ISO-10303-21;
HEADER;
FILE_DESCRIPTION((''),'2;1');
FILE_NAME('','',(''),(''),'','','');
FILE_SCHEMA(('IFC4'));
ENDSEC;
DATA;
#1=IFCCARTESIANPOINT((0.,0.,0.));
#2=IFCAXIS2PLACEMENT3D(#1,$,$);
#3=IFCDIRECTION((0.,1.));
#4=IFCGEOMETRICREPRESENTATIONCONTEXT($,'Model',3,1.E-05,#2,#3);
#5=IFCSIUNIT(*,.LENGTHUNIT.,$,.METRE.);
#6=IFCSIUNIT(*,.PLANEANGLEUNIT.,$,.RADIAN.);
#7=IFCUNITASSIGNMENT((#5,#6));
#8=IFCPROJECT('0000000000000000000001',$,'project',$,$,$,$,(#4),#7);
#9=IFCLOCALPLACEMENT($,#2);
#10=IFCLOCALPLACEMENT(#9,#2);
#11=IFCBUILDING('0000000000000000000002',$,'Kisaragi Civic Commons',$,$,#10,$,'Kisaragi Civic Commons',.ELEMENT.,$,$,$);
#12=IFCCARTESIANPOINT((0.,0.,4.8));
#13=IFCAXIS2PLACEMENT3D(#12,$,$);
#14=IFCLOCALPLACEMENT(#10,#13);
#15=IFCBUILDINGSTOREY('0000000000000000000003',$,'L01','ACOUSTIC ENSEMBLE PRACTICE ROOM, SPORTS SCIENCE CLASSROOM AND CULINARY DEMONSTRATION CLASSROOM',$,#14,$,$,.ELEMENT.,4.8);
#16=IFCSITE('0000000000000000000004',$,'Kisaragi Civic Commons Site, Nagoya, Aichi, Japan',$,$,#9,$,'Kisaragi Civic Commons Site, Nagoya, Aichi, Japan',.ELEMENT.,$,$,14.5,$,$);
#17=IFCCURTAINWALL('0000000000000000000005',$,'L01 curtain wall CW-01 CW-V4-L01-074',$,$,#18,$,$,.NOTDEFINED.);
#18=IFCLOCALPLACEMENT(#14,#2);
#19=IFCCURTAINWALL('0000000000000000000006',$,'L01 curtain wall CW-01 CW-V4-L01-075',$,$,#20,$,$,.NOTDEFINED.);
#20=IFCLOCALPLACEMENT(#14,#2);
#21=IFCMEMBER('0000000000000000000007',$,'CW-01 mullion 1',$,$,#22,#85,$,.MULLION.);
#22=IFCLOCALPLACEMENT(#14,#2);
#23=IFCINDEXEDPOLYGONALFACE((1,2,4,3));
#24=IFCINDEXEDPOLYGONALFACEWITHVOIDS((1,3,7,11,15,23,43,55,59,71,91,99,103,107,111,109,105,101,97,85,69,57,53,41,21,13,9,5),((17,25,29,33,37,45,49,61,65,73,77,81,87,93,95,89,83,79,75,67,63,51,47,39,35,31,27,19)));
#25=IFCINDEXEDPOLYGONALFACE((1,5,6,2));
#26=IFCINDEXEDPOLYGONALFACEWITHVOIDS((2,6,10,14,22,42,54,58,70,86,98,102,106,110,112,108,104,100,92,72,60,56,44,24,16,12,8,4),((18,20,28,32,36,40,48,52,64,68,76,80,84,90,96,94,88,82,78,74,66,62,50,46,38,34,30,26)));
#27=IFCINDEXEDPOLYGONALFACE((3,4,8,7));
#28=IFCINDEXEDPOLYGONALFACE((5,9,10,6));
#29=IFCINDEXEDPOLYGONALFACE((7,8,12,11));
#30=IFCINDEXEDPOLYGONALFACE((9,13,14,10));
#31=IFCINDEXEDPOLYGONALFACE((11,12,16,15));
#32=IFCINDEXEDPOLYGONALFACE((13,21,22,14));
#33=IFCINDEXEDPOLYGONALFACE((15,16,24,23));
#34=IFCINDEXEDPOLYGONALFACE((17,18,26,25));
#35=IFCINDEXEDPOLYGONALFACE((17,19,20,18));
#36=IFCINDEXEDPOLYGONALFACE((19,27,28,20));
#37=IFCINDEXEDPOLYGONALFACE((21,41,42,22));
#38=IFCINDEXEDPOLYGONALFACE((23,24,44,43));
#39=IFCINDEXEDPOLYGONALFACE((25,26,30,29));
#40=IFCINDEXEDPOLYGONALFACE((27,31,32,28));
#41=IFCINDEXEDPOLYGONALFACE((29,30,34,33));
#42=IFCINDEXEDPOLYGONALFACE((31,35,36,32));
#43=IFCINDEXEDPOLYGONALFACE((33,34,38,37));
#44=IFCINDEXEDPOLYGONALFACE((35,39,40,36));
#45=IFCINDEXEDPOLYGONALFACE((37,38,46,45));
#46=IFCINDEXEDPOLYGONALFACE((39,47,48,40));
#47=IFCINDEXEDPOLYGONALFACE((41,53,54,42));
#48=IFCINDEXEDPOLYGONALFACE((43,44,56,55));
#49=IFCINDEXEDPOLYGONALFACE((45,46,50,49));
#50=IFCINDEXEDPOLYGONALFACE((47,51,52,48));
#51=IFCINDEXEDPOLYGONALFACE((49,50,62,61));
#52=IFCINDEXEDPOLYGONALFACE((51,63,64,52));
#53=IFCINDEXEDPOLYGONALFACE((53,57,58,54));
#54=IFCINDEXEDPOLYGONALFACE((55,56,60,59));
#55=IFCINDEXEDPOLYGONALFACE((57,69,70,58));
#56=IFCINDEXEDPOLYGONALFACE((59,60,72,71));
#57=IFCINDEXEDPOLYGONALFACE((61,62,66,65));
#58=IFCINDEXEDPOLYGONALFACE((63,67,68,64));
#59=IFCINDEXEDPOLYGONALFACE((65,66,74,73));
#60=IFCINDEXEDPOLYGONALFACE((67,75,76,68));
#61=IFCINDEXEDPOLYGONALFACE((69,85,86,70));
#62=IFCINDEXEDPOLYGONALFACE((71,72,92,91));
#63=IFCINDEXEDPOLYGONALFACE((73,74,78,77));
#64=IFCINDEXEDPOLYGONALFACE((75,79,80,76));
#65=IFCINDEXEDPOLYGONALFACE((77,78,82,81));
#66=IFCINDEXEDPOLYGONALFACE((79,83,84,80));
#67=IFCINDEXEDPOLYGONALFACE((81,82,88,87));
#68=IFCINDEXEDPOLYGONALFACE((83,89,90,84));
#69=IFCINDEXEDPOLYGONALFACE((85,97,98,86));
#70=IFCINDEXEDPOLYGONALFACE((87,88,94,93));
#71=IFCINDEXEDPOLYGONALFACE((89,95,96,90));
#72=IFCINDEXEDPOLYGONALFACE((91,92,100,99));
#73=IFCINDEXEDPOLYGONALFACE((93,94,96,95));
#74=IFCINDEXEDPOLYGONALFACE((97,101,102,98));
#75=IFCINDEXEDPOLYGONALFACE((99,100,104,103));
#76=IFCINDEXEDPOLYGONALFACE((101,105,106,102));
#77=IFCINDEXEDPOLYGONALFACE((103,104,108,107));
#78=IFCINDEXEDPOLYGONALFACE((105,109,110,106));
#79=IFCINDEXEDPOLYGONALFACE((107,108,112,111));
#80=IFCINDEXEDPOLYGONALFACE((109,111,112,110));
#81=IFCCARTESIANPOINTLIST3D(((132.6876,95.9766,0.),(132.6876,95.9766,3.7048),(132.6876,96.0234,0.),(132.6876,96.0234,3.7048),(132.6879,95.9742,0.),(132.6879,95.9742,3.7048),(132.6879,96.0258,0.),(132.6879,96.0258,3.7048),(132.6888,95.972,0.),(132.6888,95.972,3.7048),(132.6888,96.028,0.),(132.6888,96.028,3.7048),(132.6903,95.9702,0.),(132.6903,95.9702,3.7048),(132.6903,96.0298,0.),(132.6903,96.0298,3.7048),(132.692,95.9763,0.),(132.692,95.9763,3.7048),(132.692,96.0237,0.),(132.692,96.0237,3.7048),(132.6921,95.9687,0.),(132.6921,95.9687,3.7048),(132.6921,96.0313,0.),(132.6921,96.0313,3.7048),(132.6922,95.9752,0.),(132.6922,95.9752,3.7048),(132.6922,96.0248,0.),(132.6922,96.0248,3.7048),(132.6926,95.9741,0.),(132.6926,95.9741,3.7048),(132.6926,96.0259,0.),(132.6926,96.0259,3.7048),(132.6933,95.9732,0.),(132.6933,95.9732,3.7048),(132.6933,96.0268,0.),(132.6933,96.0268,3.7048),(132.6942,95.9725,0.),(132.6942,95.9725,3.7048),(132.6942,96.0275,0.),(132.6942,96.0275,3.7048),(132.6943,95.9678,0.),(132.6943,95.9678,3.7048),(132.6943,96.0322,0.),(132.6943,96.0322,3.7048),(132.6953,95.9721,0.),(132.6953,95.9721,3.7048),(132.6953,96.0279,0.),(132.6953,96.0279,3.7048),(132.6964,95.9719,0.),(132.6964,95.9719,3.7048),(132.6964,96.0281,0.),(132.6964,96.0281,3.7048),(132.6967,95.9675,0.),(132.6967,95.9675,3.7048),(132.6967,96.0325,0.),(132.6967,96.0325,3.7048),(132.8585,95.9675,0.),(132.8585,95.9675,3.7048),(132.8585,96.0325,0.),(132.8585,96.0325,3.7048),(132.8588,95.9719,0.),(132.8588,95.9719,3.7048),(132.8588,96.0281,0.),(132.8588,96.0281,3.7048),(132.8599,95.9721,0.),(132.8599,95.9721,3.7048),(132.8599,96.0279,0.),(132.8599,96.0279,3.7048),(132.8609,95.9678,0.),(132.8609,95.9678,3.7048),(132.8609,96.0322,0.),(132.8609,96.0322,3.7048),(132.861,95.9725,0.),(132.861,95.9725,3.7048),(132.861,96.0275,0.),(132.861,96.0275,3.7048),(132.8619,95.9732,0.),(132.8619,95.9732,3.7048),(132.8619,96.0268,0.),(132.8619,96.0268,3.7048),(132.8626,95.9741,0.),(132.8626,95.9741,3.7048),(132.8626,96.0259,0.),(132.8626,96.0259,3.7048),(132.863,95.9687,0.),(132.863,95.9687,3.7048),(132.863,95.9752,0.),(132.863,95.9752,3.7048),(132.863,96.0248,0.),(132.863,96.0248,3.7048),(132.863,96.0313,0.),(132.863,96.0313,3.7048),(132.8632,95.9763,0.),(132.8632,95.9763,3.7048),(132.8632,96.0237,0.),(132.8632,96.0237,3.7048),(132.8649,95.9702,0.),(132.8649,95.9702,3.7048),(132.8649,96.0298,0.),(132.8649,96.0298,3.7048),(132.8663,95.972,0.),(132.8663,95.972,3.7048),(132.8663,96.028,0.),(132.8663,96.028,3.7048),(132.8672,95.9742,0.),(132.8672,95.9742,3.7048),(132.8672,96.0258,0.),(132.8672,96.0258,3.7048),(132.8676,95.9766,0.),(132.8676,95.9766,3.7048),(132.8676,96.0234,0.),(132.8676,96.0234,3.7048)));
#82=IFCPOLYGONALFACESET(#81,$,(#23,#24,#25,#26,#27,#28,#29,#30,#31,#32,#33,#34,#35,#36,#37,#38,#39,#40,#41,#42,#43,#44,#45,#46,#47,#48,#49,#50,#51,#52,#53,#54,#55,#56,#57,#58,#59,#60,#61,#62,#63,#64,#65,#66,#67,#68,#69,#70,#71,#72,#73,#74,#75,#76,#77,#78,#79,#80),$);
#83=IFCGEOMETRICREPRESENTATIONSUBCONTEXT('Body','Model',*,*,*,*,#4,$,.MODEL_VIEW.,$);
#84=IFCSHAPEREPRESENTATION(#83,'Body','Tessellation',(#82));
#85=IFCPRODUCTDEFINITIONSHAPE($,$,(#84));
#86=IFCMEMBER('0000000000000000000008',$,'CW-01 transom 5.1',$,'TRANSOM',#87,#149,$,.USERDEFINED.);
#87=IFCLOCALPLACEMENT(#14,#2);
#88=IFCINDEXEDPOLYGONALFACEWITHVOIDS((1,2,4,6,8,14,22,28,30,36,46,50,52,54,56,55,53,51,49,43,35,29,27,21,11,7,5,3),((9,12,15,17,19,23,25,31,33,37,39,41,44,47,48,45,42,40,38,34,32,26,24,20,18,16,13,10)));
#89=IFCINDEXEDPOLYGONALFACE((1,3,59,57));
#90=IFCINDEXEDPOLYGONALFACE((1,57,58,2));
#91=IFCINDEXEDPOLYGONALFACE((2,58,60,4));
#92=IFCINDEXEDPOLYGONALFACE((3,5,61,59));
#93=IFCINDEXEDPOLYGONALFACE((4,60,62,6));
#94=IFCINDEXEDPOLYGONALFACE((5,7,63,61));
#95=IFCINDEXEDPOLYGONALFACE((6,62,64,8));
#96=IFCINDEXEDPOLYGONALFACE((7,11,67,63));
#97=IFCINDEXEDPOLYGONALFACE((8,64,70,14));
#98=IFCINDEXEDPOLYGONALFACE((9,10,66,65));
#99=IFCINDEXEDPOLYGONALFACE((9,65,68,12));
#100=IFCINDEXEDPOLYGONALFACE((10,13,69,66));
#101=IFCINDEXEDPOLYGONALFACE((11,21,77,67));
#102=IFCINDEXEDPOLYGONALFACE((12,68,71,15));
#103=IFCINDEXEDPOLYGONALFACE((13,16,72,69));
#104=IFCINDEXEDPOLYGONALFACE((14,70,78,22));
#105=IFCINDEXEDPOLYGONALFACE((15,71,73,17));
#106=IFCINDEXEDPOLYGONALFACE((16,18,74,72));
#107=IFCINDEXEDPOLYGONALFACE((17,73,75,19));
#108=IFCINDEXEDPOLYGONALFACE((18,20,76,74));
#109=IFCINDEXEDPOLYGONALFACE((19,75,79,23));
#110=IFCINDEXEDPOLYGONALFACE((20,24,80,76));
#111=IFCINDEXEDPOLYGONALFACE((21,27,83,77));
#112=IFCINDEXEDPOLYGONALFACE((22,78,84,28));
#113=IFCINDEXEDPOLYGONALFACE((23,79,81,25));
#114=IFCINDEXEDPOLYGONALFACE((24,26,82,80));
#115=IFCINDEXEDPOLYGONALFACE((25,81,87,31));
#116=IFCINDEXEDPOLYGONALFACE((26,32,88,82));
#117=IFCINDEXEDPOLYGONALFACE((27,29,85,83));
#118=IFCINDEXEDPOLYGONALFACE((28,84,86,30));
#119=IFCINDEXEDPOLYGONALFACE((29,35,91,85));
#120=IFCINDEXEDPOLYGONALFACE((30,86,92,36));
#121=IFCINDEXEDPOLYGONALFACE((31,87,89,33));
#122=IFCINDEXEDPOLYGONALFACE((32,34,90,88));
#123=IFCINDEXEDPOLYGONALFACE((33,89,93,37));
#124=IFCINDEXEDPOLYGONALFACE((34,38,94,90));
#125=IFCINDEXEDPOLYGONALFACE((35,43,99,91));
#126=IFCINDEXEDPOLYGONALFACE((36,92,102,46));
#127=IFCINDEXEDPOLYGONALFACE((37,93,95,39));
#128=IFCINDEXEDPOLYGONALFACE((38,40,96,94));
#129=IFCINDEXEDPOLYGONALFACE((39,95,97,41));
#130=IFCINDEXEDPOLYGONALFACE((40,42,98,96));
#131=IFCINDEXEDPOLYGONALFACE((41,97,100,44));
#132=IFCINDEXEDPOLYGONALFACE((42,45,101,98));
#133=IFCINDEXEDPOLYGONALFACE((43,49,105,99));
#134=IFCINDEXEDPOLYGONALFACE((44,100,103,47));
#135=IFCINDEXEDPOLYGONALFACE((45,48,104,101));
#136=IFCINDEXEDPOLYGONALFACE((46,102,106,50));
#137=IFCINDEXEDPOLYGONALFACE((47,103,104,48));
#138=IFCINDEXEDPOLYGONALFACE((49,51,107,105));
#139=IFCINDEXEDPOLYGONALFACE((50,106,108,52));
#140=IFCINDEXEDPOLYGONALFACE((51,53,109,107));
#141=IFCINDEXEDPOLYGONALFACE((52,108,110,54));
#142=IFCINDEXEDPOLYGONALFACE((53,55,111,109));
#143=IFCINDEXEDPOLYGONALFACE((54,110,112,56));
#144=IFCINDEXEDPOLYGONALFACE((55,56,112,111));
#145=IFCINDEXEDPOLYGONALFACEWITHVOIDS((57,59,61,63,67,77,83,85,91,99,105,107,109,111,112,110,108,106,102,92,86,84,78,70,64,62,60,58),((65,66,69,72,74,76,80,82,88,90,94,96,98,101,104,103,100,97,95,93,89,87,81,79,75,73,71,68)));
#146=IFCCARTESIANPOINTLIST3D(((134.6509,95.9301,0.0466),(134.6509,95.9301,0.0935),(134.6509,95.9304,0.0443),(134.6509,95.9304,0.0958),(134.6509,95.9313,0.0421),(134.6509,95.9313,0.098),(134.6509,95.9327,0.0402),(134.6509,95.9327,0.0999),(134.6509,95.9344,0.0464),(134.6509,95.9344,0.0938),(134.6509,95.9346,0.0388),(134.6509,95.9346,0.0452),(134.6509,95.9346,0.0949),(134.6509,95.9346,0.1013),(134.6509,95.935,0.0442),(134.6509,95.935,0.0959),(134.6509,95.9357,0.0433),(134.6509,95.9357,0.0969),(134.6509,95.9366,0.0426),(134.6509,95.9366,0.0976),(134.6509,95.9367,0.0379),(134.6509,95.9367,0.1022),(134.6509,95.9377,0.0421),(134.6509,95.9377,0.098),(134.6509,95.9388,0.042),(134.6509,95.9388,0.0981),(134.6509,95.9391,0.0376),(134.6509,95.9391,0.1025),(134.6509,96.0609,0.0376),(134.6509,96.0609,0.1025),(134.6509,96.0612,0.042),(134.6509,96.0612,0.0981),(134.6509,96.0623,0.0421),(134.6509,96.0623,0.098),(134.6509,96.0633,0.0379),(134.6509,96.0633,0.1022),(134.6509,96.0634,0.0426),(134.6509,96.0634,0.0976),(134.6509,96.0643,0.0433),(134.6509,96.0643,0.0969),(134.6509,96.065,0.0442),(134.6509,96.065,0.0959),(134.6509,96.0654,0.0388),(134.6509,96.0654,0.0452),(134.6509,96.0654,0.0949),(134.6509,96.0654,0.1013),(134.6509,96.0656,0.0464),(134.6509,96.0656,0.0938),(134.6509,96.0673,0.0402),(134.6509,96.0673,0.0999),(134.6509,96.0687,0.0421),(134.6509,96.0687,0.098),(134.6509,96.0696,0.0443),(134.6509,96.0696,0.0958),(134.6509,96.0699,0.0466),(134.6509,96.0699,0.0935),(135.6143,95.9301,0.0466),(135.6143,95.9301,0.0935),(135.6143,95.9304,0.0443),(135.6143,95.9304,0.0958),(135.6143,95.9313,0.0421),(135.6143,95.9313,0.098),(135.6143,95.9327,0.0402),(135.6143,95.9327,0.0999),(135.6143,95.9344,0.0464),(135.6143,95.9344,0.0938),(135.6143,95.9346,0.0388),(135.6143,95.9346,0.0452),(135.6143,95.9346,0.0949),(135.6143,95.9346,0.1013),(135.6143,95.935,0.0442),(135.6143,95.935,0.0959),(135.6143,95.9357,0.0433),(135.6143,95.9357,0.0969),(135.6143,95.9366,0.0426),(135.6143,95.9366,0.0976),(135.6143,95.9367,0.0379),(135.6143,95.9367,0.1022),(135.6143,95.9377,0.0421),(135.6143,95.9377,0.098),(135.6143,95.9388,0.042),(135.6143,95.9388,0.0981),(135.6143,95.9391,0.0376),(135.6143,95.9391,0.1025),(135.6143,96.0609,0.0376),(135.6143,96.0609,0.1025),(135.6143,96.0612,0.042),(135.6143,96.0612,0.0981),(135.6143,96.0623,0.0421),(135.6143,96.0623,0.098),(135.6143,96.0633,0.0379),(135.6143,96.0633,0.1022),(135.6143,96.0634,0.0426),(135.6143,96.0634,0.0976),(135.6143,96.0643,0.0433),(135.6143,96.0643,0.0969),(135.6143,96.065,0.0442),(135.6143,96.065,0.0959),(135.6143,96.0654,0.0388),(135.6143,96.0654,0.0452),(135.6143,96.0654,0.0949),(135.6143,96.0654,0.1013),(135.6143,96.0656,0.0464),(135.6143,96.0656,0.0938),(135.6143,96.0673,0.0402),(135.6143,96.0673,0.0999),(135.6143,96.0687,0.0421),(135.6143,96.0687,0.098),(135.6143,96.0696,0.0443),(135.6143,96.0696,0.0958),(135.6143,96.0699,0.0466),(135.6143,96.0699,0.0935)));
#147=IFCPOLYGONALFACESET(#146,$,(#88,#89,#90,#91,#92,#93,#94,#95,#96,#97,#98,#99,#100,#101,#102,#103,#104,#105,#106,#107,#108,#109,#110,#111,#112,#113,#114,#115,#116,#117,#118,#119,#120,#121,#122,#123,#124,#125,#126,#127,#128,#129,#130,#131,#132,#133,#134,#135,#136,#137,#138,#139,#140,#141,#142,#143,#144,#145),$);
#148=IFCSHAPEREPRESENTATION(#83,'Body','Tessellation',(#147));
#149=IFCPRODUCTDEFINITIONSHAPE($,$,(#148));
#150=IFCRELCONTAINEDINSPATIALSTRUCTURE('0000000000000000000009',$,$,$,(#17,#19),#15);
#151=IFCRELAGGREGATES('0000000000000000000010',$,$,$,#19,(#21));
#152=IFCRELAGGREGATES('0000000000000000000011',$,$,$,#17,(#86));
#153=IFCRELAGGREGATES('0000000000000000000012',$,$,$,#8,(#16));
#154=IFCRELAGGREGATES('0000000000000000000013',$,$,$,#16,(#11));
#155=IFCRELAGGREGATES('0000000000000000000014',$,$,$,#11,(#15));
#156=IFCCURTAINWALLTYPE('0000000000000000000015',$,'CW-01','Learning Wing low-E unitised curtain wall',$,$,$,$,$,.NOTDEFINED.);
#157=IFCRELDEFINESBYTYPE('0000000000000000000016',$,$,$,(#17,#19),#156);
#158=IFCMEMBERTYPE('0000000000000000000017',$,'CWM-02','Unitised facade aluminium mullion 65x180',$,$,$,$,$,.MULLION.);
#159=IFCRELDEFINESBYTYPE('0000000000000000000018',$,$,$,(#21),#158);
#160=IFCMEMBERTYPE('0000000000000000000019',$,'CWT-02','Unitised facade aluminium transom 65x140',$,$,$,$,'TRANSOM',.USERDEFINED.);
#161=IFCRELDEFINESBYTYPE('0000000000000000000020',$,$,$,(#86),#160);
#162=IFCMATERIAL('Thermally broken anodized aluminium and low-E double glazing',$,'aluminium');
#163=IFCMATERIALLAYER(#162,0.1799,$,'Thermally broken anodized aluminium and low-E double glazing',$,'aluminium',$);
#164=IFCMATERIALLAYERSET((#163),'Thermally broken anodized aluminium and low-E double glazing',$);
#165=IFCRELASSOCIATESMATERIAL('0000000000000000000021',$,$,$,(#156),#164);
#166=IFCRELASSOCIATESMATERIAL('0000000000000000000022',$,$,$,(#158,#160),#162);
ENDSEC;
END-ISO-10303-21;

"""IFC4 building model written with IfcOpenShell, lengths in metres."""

from ifc_helpers import new_model, si_unit, direction, frame, origin, origin_2d, place, context, subcontext, project, spatial, hollow_rectangle, extrude, material, layer, layer_set, material_profile, profile_set, type_object, element, aggregate, save


model = new_model("IFC4")

# Units and contexts
model_context = context("Model", 3, precision=1e-05, world=origin(), true_north=direction((0.0, 1.0)))
body_context = subcontext(model_context, "Body", "Model", "MODEL_VIEW")
ifc_project = project(units=[si_unit("LENGTHUNIT", "METRE"), si_unit("PLANEANGLEUNIT", "RADIAN")], contexts=[model_context])

# Site, building, storey
site_placement = place(None, origin())
site = spatial("IfcSite", under=ifc_project, at=site_placement, Name="Kisaragi Civic Commons Site, Nagoya, Aichi, Japan", LongName="Kisaragi Civic Commons Site, Nagoya, Aichi, Japan", CompositionType="ELEMENT", RefElevation=14.5)
building_placement = place(site_placement, origin())
building = spatial("IfcBuilding", under=site, at=building_placement, Name="Kisaragi Civic Commons", LongName="Kisaragi Civic Commons", CompositionType="ELEMENT")
storey_placement = place(building_placement, frame((0.0, 0.0, 4.8)))
storey = spatial("IfcBuildingStorey", under=building, at=storey_placement, Name="L01", Description="ACOUSTIC ENSEMBLE PRACTICE ROOM, SPORTS SCIENCE CLASSROOM AND CULINARY DEMONSTRATION CLASSROOM", CompositionType="ELEMENT", Elevation=4.8)

# Curtain wall
ifc_material_1 = material(Name="Thermally broken anodized aluminium and low-E double glazing", Category="aluminium")
ifc_layer_1 = layer(ifc_material_1, 0.1799, Name="Thermally broken anodized aluminium and low-E double glazing", Category="aluminium")
ifc_layer_set_1 = layer_set([ifc_layer_1], Name="Thermally broken anodized aluminium and low-E double glazing")
curtain_wall_type = type_object("IfcCurtainWallType", Name="CW-01", Description="Learning Wing low-E unitised curtain wall", PredefinedType="NOTDEFINED", material=ifc_layer_set_1)
curtain_wall_1_placement = place(storey_placement, origin())
curtain_wall_1 = element("IfcCurtainWall", 1, at=curtain_wall_1_placement, inside=storey, type_object=curtain_wall_type, Name="L01 curtain wall CW-01 CW-V4-L01-074", PredefinedType="NOTDEFINED")
ifc_material_profile_1 = material_profile(ifc_material_1, hollow_rectangle(XDim=0.0649, YDim=0.1799, WallThickness=0.0044, InnerFilletRadius=0.0044, OuterFilletRadius=0.009, at=origin_2d()), Name="CWM-65x180x4.5", Category="aluminium")
ifc_profile_set_1 = profile_set([ifc_material_profile_1], Name="Thermally broken anodized aluminium and low-E double glazing")
member_type_1 = type_object("IfcMemberType", Name="CWM-02", Description="Unitised facade aluminium mullion 65x180", PredefinedType="MULLION", material=ifc_profile_set_1)

# Curtain wall, member
curtain_wall_2_placement = place(storey_placement, origin())
curtain_wall_2 = element("IfcCurtainWall", 2, at=curtain_wall_2_placement, inside=storey, type_object=curtain_wall_type, Name="L01 curtain wall CW-01 CW-V4-L01-075", PredefinedType="NOTDEFINED")
member_1_placement = place(storey_placement, frame((132.7776, 96.0, 0.0), z_axis=(0.0, 0.0, 1.0), x_axis=(0.0, -1.0, 0.0)))
member_1 = element("IfcMember", 3, at=member_1_placement, type_object=member_type_1, Name="CW-01 mullion 1", PredefinedType="MULLION", context=body_context, shape_type="SweptSolid", body=[
    extrude(hollow_rectangle(XDim=0.0649, YDim=0.1799, WallThickness=0.0044, InnerFilletRadius=0.0044, OuterFilletRadius=0.009, at=origin_2d()), origin(), (0.0, 0.0, 1.0), 3.7048),
])

# Member
ifc_material_profile_2 = material_profile(ifc_material_1, hollow_rectangle(XDim=0.1399, YDim=0.0649, WallThickness=0.0044, InnerFilletRadius=0.0044, OuterFilletRadius=0.009, at=origin_2d()), Name="CWT-65x140x4.5", Category="aluminium")
ifc_profile_set_2 = profile_set([ifc_material_profile_2], Name="Thermally broken anodized aluminium and low-E double glazing")
member_type_2 = type_object("IfcMemberType", Name="CWT-02", Description="Unitised facade aluminium transom 65x140", ElementType="TRANSOM", PredefinedType="USERDEFINED", material=ifc_profile_set_2)
member_2_placement = place(storey_placement, frame((135.6143, 96.0, 0.0701), z_axis=(-1.0, 0.0, 0.0), x_axis=(0.0, -1.0, 0.0)))
member_2 = element("IfcMember", 4, at=member_2_placement, type_object=member_type_2, Name="CW-01 transom 5.1", ObjectType="TRANSOM", PredefinedType="USERDEFINED", context=body_context, shape_type="SweptSolid", body=[
    extrude(hollow_rectangle(XDim=0.1399, YDim=0.0649, WallThickness=0.0044, InnerFilletRadius=0.0044, OuterFilletRadius=0.009, at=origin_2d()), origin(), (0.0, 0.0, 1.0), 0.9634),
])

aggregate(curtain_wall_2, [member_1])
aggregate(curtain_wall_1, [member_2])

save(model, "model.ifc")
